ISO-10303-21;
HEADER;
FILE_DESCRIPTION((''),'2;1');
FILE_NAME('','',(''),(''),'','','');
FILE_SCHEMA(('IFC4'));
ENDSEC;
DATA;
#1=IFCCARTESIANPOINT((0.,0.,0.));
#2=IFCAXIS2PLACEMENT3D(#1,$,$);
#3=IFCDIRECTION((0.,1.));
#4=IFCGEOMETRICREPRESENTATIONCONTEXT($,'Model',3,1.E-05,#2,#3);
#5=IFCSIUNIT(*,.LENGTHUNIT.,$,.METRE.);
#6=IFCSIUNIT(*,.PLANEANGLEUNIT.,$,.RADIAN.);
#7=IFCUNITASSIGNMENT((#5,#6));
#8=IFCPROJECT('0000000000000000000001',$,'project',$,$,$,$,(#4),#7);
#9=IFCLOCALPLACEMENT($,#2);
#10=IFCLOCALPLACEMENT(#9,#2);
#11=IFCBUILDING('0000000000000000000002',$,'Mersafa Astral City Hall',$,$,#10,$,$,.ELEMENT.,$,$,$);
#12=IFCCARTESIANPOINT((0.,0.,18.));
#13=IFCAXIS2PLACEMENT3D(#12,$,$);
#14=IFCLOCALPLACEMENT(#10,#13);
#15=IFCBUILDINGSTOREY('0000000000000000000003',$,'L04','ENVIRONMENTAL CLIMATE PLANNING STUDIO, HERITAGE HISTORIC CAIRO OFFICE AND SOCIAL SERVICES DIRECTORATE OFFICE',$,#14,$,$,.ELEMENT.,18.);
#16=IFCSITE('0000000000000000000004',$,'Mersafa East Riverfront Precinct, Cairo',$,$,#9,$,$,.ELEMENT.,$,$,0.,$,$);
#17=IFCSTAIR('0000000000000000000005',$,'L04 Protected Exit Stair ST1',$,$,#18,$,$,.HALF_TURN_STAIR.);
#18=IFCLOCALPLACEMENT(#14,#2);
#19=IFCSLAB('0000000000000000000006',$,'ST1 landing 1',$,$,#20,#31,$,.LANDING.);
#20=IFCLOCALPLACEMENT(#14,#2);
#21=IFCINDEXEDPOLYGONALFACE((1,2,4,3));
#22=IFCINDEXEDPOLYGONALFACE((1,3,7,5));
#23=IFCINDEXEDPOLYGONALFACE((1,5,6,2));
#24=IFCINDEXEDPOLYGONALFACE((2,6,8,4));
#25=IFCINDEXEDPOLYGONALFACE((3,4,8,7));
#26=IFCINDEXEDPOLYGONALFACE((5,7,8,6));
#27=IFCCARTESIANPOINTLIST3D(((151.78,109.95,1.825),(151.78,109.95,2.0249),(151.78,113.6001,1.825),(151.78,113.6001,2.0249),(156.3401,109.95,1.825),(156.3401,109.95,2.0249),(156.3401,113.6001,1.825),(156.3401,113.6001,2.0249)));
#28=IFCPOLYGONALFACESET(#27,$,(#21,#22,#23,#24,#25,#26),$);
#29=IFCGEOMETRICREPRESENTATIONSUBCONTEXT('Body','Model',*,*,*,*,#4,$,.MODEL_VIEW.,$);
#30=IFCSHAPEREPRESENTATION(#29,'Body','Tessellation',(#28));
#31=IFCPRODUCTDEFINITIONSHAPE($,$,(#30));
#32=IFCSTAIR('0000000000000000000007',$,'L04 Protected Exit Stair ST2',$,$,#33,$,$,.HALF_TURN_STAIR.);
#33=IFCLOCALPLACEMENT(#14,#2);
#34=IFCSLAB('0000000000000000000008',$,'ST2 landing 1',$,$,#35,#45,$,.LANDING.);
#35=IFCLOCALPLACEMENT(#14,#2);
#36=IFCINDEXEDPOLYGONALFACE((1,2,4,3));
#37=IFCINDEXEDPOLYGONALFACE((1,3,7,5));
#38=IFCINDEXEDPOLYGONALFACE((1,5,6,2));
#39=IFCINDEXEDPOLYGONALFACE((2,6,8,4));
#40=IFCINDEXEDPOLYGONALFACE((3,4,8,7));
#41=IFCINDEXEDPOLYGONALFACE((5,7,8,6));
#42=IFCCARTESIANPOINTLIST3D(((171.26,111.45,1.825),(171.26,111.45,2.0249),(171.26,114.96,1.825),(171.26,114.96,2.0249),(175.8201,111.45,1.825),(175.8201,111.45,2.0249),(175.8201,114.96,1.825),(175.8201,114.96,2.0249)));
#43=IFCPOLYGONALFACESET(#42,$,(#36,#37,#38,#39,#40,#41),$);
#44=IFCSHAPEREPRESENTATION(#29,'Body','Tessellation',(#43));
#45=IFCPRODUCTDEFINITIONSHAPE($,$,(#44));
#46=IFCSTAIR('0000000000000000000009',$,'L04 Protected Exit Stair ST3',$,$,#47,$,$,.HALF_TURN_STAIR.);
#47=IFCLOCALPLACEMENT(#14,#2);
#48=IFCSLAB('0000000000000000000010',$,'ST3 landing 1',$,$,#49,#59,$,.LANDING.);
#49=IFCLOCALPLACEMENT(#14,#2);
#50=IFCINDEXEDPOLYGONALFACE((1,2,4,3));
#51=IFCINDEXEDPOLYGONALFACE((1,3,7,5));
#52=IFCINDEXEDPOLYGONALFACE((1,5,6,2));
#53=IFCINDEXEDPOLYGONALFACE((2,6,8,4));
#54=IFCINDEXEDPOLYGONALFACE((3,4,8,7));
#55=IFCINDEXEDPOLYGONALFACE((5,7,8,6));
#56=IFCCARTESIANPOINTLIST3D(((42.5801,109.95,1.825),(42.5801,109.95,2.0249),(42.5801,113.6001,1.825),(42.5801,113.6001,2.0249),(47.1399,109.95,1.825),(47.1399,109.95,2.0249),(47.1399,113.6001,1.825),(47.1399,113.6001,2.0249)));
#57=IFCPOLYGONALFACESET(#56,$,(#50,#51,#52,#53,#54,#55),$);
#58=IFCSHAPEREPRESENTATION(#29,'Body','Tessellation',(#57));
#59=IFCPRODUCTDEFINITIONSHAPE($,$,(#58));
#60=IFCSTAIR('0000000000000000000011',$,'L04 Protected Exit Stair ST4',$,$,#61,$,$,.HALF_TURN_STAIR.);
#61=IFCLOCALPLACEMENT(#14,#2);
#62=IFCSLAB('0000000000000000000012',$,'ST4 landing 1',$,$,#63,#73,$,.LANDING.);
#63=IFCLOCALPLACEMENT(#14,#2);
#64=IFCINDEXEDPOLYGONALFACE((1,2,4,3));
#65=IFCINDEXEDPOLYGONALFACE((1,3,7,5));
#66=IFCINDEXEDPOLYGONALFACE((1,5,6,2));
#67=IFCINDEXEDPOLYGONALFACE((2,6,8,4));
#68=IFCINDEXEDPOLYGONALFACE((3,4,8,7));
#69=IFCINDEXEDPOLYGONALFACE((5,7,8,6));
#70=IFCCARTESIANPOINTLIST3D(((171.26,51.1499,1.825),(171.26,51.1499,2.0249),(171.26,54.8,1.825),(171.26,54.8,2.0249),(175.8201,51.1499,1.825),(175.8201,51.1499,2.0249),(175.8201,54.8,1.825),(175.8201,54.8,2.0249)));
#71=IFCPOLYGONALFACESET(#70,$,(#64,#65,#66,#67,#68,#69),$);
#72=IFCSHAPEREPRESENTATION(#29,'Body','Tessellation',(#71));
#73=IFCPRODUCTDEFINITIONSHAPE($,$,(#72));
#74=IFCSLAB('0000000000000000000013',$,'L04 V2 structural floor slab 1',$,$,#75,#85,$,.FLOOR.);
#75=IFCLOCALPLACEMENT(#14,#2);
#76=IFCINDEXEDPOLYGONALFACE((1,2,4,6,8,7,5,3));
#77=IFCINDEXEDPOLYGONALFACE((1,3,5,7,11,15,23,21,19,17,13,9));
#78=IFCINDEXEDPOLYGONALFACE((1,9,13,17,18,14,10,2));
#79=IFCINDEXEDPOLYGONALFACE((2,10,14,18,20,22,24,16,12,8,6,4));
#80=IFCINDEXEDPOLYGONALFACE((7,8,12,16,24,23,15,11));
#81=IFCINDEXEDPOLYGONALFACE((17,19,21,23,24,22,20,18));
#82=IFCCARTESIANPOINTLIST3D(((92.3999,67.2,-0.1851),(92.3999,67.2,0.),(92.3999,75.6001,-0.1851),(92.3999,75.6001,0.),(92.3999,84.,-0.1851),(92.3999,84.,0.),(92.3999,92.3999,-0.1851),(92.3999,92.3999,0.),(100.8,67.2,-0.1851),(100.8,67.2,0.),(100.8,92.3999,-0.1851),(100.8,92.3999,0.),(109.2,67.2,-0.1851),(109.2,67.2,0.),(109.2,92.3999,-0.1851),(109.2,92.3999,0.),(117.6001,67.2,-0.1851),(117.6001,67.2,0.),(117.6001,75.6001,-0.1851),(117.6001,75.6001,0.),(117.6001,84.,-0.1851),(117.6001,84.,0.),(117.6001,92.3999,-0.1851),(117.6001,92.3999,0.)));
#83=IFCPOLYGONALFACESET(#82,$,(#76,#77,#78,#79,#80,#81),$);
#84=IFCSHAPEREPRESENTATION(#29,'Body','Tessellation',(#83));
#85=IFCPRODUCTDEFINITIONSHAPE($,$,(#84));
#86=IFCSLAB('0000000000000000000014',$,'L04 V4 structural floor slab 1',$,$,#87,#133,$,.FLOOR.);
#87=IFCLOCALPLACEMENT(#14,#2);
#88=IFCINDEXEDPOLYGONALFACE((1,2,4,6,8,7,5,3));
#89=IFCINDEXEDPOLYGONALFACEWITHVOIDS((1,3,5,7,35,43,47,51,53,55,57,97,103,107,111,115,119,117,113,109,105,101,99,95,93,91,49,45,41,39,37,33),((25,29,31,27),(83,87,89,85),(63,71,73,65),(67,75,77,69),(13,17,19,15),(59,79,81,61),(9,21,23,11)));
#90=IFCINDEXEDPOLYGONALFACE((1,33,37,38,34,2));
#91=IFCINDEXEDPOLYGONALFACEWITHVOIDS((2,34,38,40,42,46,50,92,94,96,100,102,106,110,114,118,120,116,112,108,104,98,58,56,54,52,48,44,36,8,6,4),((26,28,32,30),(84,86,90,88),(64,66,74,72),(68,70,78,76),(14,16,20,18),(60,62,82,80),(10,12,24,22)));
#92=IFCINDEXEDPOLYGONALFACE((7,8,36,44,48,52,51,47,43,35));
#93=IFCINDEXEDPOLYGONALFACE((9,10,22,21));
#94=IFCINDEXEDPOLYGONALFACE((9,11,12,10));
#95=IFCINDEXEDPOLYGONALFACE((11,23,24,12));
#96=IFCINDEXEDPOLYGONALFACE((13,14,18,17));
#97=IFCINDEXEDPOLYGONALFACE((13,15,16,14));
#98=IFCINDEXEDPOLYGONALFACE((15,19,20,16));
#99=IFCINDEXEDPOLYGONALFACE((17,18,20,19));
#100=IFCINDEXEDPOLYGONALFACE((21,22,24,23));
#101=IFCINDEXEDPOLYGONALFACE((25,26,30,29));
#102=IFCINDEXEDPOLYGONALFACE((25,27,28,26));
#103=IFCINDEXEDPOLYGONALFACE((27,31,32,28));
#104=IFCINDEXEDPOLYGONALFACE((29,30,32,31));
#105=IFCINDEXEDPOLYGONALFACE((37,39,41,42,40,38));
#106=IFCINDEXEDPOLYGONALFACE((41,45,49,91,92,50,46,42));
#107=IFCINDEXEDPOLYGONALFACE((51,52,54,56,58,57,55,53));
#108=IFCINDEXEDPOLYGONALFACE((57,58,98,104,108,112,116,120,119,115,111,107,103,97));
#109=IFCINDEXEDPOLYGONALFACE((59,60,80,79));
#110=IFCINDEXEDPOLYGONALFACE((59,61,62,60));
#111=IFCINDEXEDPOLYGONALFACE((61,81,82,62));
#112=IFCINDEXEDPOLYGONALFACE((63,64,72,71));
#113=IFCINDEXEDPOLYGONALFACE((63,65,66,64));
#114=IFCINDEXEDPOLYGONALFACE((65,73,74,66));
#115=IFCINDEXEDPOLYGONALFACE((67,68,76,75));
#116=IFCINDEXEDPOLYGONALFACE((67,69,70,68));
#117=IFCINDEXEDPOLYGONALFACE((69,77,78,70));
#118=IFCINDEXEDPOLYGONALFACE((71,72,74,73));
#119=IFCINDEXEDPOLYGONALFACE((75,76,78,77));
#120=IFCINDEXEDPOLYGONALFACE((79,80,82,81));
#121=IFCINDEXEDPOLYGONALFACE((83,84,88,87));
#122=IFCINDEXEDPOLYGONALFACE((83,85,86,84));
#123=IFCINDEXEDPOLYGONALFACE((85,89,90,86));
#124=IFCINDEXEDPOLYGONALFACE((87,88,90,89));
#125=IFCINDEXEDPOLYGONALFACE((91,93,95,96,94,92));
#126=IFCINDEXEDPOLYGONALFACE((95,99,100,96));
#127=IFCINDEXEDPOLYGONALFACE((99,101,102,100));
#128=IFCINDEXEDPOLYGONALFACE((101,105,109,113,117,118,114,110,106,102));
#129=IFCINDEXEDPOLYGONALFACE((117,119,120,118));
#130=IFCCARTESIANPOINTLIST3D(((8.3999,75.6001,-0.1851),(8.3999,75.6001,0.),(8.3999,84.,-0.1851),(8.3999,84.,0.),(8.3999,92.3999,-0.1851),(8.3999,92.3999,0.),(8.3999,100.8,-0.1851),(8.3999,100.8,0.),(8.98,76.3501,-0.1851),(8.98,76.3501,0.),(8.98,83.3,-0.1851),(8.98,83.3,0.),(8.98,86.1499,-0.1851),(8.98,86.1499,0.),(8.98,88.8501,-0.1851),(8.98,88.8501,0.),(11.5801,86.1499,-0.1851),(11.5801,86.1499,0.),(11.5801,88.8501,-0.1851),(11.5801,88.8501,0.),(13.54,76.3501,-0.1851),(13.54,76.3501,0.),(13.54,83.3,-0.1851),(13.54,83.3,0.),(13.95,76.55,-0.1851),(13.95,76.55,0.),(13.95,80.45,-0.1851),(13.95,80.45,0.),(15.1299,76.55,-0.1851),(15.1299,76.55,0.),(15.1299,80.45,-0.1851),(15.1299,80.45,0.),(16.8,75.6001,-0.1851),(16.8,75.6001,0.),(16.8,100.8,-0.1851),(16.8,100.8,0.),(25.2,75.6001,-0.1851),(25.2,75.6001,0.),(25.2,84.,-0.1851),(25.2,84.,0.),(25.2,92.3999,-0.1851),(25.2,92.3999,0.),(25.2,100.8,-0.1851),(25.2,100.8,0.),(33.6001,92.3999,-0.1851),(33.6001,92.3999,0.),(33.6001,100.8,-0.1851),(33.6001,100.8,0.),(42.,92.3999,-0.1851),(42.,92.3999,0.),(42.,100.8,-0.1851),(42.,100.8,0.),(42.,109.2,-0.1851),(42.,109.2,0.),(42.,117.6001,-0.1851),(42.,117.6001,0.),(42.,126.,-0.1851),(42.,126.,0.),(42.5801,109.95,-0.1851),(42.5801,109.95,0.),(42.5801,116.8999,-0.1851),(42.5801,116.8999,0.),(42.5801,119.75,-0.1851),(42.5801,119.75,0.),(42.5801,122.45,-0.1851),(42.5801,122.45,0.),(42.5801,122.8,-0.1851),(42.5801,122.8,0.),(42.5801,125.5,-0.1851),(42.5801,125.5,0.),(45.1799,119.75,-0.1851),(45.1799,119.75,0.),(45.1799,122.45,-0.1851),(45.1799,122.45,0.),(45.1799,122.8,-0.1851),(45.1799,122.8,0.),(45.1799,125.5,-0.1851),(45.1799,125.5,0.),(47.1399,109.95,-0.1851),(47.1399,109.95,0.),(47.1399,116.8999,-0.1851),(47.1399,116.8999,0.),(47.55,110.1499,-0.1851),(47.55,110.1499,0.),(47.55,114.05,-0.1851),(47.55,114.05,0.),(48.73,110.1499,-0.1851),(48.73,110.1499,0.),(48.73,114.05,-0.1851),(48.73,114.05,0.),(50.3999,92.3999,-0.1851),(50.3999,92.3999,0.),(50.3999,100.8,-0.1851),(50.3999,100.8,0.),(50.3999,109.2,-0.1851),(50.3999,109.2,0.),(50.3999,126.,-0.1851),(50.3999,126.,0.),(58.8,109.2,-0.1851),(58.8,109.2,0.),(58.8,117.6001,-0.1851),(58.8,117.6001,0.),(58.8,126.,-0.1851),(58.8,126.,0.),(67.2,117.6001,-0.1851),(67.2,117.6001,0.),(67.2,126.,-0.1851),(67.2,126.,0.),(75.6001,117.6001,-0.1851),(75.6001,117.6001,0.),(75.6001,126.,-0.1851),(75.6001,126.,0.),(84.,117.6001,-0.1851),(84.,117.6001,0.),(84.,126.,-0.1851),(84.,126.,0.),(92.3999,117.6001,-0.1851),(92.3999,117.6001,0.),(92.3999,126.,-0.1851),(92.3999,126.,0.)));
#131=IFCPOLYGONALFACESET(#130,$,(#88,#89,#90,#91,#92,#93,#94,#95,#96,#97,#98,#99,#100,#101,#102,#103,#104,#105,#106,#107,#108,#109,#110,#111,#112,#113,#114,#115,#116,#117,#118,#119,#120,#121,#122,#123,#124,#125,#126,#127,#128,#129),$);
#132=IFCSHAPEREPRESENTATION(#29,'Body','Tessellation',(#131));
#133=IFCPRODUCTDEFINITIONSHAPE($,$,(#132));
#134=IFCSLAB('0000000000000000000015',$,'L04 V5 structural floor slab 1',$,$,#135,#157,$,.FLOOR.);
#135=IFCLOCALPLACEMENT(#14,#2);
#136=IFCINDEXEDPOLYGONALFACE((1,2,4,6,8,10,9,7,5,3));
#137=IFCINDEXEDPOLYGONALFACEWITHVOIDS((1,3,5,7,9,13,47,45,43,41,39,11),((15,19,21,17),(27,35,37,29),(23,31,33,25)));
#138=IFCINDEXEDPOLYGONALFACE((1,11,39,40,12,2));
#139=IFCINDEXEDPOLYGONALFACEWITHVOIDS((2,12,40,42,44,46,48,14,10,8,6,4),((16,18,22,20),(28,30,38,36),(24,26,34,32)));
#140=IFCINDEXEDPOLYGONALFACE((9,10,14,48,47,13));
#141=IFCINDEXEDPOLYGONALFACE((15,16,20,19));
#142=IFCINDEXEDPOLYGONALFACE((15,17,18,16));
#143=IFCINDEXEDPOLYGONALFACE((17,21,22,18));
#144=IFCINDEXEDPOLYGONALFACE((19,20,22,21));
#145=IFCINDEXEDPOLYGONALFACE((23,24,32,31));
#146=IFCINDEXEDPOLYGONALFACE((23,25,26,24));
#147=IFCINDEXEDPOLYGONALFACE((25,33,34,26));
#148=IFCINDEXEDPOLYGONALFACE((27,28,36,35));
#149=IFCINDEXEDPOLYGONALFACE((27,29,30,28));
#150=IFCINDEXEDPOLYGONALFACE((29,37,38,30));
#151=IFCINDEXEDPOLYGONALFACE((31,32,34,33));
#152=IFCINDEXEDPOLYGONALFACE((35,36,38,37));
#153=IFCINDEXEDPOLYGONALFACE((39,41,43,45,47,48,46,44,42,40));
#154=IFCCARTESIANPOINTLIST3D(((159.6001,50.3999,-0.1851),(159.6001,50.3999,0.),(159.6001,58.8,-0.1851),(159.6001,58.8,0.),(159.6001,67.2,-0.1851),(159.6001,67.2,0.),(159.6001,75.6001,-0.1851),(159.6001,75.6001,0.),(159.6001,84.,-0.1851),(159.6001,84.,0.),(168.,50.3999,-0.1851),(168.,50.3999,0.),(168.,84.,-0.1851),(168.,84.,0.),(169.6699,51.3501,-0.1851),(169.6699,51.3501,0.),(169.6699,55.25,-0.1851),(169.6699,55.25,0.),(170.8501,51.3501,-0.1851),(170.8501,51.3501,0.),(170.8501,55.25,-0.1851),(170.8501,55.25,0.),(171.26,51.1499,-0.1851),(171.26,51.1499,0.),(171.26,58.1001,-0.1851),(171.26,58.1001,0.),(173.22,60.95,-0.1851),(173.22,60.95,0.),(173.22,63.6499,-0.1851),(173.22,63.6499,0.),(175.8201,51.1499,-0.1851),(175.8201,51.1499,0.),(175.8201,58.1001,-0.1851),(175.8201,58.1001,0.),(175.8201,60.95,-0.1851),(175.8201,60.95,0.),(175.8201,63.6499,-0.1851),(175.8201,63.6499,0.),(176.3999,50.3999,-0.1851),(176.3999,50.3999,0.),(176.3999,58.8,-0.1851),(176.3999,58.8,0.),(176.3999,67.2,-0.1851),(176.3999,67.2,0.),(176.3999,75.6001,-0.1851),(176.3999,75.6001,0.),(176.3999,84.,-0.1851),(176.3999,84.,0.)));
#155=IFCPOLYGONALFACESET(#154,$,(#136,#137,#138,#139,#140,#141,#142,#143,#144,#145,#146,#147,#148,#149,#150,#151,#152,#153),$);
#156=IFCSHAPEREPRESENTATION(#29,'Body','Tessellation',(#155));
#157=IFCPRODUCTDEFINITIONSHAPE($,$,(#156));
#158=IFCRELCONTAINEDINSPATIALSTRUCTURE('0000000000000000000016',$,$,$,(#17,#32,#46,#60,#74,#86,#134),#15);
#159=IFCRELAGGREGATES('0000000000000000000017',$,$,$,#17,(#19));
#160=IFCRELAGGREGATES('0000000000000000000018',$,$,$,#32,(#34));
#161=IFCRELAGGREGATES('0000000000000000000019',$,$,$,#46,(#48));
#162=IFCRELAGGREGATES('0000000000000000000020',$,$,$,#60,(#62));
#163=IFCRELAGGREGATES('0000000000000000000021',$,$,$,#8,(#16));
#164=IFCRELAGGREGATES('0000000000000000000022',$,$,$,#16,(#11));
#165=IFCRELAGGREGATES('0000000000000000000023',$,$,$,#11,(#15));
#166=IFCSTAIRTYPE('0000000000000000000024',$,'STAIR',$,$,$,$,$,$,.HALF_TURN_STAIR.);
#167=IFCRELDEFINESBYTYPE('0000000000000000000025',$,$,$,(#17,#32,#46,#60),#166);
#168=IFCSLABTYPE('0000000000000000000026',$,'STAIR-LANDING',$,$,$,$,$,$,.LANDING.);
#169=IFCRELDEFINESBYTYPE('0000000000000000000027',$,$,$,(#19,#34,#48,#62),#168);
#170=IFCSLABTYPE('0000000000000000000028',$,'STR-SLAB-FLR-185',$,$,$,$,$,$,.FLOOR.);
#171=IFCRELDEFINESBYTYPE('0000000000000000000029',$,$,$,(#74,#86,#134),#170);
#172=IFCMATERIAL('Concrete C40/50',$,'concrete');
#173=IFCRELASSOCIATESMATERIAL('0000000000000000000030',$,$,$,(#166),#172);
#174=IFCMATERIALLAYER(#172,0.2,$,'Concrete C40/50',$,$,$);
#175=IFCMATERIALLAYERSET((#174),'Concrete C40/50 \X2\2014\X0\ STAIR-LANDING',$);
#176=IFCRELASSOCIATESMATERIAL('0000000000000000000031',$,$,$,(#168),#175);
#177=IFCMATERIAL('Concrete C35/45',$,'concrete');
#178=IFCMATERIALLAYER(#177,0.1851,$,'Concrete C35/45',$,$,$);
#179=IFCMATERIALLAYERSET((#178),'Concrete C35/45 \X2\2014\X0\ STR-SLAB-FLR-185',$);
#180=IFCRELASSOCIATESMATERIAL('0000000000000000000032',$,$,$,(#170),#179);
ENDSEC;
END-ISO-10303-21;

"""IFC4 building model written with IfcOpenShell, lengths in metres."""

from ifc_helpers import new_model, si_unit, direction, frame, origin, place, context, subcontext, project, spatial, polyline, outline, extrude, material, layer, layer_set, type_object, element, aggregate, save


model = new_model("IFC4")

# Units and contexts
model_context = context("Model", 3, precision=1e-05, world=origin(), true_north=direction((0.0, 1.0)))
body_context = subcontext(model_context, "Body", "Model", "MODEL_VIEW")
ifc_project = project(units=[si_unit("LENGTHUNIT", "METRE"), si_unit("PLANEANGLEUNIT", "RADIAN")], contexts=[model_context])

# Site, building, storey
site_placement = place(None, origin())
site = spatial("IfcSite", under=ifc_project, at=site_placement, Name="Mersafa East Riverfront Precinct, Cairo", CompositionType="ELEMENT", RefElevation=0.0)
building_placement = place(site_placement, origin())
building = spatial("IfcBuilding", under=site, at=building_placement, Name="Mersafa Astral City Hall", CompositionType="ELEMENT")
storey_placement = place(building_placement, frame((0.0, 0.0, 18.0)))
storey = spatial("IfcBuildingStorey", under=building, at=storey_placement, Name="L04", Description="ENVIRONMENTAL CLIMATE PLANNING STUDIO, HERITAGE HISTORIC CAIRO OFFICE AND SOCIAL SERVICES DIRECTORATE OFFICE", CompositionType="ELEMENT", Elevation=18.0)

# Stairs, slabs
ifc_material_1 = material(Name="Concrete C40/50", Category="concrete")
stair_type = type_object("IfcStairType", Name="STAIR", PredefinedType="HALF_TURN_STAIR", material=ifc_material_1)
stair_1_placement = place(storey_placement, origin())
stair_1 = element("IfcStair", 1, at=stair_1_placement, inside=storey, type_object=stair_type, Name="L04 Protected Exit Stair ST1", PredefinedType="HALF_TURN_STAIR")
ifc_layer_1 = layer(ifc_material_1, 0.2, Name="Concrete C40/50")
ifc_layer_set_1 = layer_set([ifc_layer_1], Name="Concrete C40/50 — STAIR-LANDING")
slab_type_1 = type_object("IfcSlabType", Name="STAIR-LANDING", PredefinedType="LANDING", material=ifc_layer_set_1)
slab_1_placement = place(storey_placement, frame((0.0, 0.0, 1.825)))
slab_1 = element("IfcSlab", 2, at=slab_1_placement, type_object=slab_type_1, Name="ST1 landing 1", PredefinedType="LANDING", context=body_context, shape_type="SweptSolid", body=[
    extrude(outline(polyline([(151.78, 113.6001), (151.78, 109.95), (156.3401, 109.95), (156.3401, 113.6001), (151.78, 113.6001)])), origin(), (0.0, 0.0, 1.0), 0.2),
])
aggregate(stair_1, [slab_1])
stair_2_placement = place(storey_placement, origin())
stair_2 = element("IfcStair", 3, at=stair_2_placement, inside=storey, type_object=stair_type, Name="L04 Protected Exit Stair ST2", PredefinedType="HALF_TURN_STAIR")
slab_2_placement = place(storey_placement, frame((0.0, 0.0, 1.825)))
slab_2 = element("IfcSlab", 4, at=slab_2_placement, type_object=slab_type_1, Name="ST2 landing 1", PredefinedType="LANDING", context=body_context, shape_type="SweptSolid", body=[
    extrude(outline(polyline([(171.26, 114.96), (171.26, 111.45), (175.8201, 111.45), (175.8201, 114.96), (171.26, 114.96)])), origin(), (0.0, 0.0, 1.0), 0.2),
])
aggregate(stair_2, [slab_2])
stair_3_placement = place(storey_placement, origin())
stair_3 = element("IfcStair", 5, at=stair_3_placement, inside=storey, type_object=stair_type, Name="L04 Protected Exit Stair ST3", PredefinedType="HALF_TURN_STAIR")
slab_3_placement = place(storey_placement, frame((0.0, 0.0, 1.825)))
slab_3 = element("IfcSlab", 6, at=slab_3_placement, type_object=slab_type_1, Name="ST3 landing 1", PredefinedType="LANDING", context=body_context, shape_type="SweptSolid", body=[
    extrude(outline(polyline([(42.5801, 113.6001), (42.5801, 109.95), (47.1399, 109.95), (47.1399, 113.6001), (42.5801, 113.6001)])), origin(), (0.0, 0.0, 1.0), 0.2),
])
aggregate(stair_3, [slab_3])
stair_4_placement = place(storey_placement, origin())
stair_4 = element("IfcStair", 7, at=stair_4_placement, inside=storey, type_object=stair_type, Name="L04 Protected Exit Stair ST4", PredefinedType="HALF_TURN_STAIR")
slab_4_placement = place(storey_placement, frame((0.0, 0.0, 1.825)))
slab_4 = element("IfcSlab", 8, at=slab_4_placement, type_object=slab_type_1, Name="ST4 landing 1", PredefinedType="LANDING", context=body_context, shape_type="SweptSolid", body=[
    extrude(outline(polyline([(171.26, 54.8), (171.26, 51.1499), (175.8201, 51.1499), (175.8201, 54.8), (171.26, 54.8)])), origin(), (0.0, 0.0, 1.0), 0.2),
])
aggregate(stair_4, [slab_4])

# Slabs
ifc_material_2 = material(Name="Concrete C35/45", Category="concrete")
ifc_layer_2 = layer(ifc_material_2, 0.1851, Name="Concrete C35/45")
ifc_layer_set_2 = layer_set([ifc_layer_2], Name="Concrete C35/45 — STR-SLAB-FLR-185")
slab_type_2 = type_object("IfcSlabType", Name="STR-SLAB-FLR-185", PredefinedType="FLOOR", material=ifc_layer_set_2)
slab_5_placement = place(storey_placement, frame((0.0, 0.0, -0.1851)))
element("IfcSlab", 9, at=slab_5_placement, inside=storey, type_object=slab_type_2, Name="L04 V2 structural floor slab 1", PredefinedType="FLOOR", context=body_context, shape_type="SweptSolid", body=[
    extrude(outline(polyline([(92.3999, 92.3999), (100.8, 92.3999), (109.2, 92.3999), (117.6001, 92.3999), (117.6001, 84.0), (117.6001, 75.6001), (117.6001, 67.2), (109.2, 67.2), (100.8, 67.2), (92.3999, 67.2), (92.3999, 75.6001), (92.3999, 84.0), (92.3999, 92.3999)])), origin(), (0.0, 0.0, 1.0), 0.1851),
])
slab_6_placement = place(storey_placement, frame((0.0, 0.0, -0.1851)))
element("IfcSlab", 10, at=slab_6_placement, inside=storey, type_object=slab_type_2, Name="L04 V4 structural floor slab 1", PredefinedType="FLOOR", context=body_context, shape_type="SweptSolid", body=[
    extrude(outline(polyline([(16.8, 100.8), (25.2, 100.8), (33.6001, 100.8), (42.0, 100.8), (42.0, 109.2), (42.0, 117.6001), (42.0, 126.0), (50.3999, 126.0), (58.8, 126.0), (67.2, 126.0), (75.6001, 126.0), (84.0, 126.0), (92.3999, 126.0), (92.3999, 117.6001), (84.0, 117.6001), (75.6001, 117.6001), (67.2, 117.6001), (58.8, 117.6001), (58.8, 109.2), (50.3999, 109.2), (50.3999, 100.8), (50.3999, 92.3999), (42.0, 92.3999), (33.6001, 92.3999), (25.2, 92.3999), (25.2, 84.0), (25.2, 75.6001), (16.8, 75.6001), (8.3999, 75.6001), (8.3999, 84.0), (8.3999, 92.3999), (8.3999, 100.8), (16.8, 100.8)]), holes=[polyline([(15.1299, 80.45), (13.95, 80.45), (13.95, 76.55), (15.1299, 76.55), (15.1299, 80.45)]), polyline([(8.98, 76.3501), (13.54, 76.3501), (13.54, 83.3), (8.98, 83.3), (8.98, 76.3501)]), polyline([(11.5801, 88.8501), (8.98, 88.8501), (8.98, 86.1499), (11.5801, 86.1499), (11.5801, 88.8501)]), polyline([(48.73, 114.05), (47.55, 114.05), (47.55, 110.1499), (48.73, 110.1499), (48.73, 114.05)]), polyline([(42.5801, 109.95), (47.1399, 109.95), (47.1399, 116.8999), (42.5801, 116.8999), (42.5801, 109.95)]), polyline([(45.1799, 122.45), (42.5801, 122.45), (42.5801, 119.75), (45.1799, 119.75), (45.1799, 122.45)]), polyline([(45.1799, 122.8), (45.1799, 125.5), (42.5801, 125.5), (42.5801, 122.8), (45.1799, 122.8)])]), origin(), (0.0, 0.0, 1.0), 0.1851),
])
slab_7_placement = place(storey_placement, frame((0.0, 0.0, -0.1851)))
element("IfcSlab", 11, at=slab_7_placement, inside=storey, type_object=slab_type_2, Name="L04 V5 structural floor slab 1", PredefinedType="FLOOR", context=body_context, shape_type="SweptSolid", body=[
    extrude(outline(polyline([(159.6001, 75.6001), (159.6001, 84.0), (168.0, 84.0), (176.3999, 84.0), (176.3999, 75.6001), (176.3999, 67.2), (176.3999, 58.8), (176.3999, 50.3999), (168.0, 50.3999), (159.6001, 50.3999), (159.6001, 58.8), (159.6001, 67.2), (159.6001, 75.6001)]), holes=[polyline([(170.8501, 55.25), (169.6699, 55.25), (169.6699, 51.3501), (170.8501, 51.3501), (170.8501, 55.25)]), polyline([(171.26, 51.1499), (175.8201, 51.1499), (175.8201, 58.1001), (171.26, 58.1001), (171.26, 51.1499)]), polyline([(175.8201, 63.6499), (173.22, 63.6499), (173.22, 60.95), (175.8201, 60.95), (175.8201, 63.6499)])]), origin(), (0.0, 0.0, 1.0), 0.1851),
])

save(model, "model.ifc")
